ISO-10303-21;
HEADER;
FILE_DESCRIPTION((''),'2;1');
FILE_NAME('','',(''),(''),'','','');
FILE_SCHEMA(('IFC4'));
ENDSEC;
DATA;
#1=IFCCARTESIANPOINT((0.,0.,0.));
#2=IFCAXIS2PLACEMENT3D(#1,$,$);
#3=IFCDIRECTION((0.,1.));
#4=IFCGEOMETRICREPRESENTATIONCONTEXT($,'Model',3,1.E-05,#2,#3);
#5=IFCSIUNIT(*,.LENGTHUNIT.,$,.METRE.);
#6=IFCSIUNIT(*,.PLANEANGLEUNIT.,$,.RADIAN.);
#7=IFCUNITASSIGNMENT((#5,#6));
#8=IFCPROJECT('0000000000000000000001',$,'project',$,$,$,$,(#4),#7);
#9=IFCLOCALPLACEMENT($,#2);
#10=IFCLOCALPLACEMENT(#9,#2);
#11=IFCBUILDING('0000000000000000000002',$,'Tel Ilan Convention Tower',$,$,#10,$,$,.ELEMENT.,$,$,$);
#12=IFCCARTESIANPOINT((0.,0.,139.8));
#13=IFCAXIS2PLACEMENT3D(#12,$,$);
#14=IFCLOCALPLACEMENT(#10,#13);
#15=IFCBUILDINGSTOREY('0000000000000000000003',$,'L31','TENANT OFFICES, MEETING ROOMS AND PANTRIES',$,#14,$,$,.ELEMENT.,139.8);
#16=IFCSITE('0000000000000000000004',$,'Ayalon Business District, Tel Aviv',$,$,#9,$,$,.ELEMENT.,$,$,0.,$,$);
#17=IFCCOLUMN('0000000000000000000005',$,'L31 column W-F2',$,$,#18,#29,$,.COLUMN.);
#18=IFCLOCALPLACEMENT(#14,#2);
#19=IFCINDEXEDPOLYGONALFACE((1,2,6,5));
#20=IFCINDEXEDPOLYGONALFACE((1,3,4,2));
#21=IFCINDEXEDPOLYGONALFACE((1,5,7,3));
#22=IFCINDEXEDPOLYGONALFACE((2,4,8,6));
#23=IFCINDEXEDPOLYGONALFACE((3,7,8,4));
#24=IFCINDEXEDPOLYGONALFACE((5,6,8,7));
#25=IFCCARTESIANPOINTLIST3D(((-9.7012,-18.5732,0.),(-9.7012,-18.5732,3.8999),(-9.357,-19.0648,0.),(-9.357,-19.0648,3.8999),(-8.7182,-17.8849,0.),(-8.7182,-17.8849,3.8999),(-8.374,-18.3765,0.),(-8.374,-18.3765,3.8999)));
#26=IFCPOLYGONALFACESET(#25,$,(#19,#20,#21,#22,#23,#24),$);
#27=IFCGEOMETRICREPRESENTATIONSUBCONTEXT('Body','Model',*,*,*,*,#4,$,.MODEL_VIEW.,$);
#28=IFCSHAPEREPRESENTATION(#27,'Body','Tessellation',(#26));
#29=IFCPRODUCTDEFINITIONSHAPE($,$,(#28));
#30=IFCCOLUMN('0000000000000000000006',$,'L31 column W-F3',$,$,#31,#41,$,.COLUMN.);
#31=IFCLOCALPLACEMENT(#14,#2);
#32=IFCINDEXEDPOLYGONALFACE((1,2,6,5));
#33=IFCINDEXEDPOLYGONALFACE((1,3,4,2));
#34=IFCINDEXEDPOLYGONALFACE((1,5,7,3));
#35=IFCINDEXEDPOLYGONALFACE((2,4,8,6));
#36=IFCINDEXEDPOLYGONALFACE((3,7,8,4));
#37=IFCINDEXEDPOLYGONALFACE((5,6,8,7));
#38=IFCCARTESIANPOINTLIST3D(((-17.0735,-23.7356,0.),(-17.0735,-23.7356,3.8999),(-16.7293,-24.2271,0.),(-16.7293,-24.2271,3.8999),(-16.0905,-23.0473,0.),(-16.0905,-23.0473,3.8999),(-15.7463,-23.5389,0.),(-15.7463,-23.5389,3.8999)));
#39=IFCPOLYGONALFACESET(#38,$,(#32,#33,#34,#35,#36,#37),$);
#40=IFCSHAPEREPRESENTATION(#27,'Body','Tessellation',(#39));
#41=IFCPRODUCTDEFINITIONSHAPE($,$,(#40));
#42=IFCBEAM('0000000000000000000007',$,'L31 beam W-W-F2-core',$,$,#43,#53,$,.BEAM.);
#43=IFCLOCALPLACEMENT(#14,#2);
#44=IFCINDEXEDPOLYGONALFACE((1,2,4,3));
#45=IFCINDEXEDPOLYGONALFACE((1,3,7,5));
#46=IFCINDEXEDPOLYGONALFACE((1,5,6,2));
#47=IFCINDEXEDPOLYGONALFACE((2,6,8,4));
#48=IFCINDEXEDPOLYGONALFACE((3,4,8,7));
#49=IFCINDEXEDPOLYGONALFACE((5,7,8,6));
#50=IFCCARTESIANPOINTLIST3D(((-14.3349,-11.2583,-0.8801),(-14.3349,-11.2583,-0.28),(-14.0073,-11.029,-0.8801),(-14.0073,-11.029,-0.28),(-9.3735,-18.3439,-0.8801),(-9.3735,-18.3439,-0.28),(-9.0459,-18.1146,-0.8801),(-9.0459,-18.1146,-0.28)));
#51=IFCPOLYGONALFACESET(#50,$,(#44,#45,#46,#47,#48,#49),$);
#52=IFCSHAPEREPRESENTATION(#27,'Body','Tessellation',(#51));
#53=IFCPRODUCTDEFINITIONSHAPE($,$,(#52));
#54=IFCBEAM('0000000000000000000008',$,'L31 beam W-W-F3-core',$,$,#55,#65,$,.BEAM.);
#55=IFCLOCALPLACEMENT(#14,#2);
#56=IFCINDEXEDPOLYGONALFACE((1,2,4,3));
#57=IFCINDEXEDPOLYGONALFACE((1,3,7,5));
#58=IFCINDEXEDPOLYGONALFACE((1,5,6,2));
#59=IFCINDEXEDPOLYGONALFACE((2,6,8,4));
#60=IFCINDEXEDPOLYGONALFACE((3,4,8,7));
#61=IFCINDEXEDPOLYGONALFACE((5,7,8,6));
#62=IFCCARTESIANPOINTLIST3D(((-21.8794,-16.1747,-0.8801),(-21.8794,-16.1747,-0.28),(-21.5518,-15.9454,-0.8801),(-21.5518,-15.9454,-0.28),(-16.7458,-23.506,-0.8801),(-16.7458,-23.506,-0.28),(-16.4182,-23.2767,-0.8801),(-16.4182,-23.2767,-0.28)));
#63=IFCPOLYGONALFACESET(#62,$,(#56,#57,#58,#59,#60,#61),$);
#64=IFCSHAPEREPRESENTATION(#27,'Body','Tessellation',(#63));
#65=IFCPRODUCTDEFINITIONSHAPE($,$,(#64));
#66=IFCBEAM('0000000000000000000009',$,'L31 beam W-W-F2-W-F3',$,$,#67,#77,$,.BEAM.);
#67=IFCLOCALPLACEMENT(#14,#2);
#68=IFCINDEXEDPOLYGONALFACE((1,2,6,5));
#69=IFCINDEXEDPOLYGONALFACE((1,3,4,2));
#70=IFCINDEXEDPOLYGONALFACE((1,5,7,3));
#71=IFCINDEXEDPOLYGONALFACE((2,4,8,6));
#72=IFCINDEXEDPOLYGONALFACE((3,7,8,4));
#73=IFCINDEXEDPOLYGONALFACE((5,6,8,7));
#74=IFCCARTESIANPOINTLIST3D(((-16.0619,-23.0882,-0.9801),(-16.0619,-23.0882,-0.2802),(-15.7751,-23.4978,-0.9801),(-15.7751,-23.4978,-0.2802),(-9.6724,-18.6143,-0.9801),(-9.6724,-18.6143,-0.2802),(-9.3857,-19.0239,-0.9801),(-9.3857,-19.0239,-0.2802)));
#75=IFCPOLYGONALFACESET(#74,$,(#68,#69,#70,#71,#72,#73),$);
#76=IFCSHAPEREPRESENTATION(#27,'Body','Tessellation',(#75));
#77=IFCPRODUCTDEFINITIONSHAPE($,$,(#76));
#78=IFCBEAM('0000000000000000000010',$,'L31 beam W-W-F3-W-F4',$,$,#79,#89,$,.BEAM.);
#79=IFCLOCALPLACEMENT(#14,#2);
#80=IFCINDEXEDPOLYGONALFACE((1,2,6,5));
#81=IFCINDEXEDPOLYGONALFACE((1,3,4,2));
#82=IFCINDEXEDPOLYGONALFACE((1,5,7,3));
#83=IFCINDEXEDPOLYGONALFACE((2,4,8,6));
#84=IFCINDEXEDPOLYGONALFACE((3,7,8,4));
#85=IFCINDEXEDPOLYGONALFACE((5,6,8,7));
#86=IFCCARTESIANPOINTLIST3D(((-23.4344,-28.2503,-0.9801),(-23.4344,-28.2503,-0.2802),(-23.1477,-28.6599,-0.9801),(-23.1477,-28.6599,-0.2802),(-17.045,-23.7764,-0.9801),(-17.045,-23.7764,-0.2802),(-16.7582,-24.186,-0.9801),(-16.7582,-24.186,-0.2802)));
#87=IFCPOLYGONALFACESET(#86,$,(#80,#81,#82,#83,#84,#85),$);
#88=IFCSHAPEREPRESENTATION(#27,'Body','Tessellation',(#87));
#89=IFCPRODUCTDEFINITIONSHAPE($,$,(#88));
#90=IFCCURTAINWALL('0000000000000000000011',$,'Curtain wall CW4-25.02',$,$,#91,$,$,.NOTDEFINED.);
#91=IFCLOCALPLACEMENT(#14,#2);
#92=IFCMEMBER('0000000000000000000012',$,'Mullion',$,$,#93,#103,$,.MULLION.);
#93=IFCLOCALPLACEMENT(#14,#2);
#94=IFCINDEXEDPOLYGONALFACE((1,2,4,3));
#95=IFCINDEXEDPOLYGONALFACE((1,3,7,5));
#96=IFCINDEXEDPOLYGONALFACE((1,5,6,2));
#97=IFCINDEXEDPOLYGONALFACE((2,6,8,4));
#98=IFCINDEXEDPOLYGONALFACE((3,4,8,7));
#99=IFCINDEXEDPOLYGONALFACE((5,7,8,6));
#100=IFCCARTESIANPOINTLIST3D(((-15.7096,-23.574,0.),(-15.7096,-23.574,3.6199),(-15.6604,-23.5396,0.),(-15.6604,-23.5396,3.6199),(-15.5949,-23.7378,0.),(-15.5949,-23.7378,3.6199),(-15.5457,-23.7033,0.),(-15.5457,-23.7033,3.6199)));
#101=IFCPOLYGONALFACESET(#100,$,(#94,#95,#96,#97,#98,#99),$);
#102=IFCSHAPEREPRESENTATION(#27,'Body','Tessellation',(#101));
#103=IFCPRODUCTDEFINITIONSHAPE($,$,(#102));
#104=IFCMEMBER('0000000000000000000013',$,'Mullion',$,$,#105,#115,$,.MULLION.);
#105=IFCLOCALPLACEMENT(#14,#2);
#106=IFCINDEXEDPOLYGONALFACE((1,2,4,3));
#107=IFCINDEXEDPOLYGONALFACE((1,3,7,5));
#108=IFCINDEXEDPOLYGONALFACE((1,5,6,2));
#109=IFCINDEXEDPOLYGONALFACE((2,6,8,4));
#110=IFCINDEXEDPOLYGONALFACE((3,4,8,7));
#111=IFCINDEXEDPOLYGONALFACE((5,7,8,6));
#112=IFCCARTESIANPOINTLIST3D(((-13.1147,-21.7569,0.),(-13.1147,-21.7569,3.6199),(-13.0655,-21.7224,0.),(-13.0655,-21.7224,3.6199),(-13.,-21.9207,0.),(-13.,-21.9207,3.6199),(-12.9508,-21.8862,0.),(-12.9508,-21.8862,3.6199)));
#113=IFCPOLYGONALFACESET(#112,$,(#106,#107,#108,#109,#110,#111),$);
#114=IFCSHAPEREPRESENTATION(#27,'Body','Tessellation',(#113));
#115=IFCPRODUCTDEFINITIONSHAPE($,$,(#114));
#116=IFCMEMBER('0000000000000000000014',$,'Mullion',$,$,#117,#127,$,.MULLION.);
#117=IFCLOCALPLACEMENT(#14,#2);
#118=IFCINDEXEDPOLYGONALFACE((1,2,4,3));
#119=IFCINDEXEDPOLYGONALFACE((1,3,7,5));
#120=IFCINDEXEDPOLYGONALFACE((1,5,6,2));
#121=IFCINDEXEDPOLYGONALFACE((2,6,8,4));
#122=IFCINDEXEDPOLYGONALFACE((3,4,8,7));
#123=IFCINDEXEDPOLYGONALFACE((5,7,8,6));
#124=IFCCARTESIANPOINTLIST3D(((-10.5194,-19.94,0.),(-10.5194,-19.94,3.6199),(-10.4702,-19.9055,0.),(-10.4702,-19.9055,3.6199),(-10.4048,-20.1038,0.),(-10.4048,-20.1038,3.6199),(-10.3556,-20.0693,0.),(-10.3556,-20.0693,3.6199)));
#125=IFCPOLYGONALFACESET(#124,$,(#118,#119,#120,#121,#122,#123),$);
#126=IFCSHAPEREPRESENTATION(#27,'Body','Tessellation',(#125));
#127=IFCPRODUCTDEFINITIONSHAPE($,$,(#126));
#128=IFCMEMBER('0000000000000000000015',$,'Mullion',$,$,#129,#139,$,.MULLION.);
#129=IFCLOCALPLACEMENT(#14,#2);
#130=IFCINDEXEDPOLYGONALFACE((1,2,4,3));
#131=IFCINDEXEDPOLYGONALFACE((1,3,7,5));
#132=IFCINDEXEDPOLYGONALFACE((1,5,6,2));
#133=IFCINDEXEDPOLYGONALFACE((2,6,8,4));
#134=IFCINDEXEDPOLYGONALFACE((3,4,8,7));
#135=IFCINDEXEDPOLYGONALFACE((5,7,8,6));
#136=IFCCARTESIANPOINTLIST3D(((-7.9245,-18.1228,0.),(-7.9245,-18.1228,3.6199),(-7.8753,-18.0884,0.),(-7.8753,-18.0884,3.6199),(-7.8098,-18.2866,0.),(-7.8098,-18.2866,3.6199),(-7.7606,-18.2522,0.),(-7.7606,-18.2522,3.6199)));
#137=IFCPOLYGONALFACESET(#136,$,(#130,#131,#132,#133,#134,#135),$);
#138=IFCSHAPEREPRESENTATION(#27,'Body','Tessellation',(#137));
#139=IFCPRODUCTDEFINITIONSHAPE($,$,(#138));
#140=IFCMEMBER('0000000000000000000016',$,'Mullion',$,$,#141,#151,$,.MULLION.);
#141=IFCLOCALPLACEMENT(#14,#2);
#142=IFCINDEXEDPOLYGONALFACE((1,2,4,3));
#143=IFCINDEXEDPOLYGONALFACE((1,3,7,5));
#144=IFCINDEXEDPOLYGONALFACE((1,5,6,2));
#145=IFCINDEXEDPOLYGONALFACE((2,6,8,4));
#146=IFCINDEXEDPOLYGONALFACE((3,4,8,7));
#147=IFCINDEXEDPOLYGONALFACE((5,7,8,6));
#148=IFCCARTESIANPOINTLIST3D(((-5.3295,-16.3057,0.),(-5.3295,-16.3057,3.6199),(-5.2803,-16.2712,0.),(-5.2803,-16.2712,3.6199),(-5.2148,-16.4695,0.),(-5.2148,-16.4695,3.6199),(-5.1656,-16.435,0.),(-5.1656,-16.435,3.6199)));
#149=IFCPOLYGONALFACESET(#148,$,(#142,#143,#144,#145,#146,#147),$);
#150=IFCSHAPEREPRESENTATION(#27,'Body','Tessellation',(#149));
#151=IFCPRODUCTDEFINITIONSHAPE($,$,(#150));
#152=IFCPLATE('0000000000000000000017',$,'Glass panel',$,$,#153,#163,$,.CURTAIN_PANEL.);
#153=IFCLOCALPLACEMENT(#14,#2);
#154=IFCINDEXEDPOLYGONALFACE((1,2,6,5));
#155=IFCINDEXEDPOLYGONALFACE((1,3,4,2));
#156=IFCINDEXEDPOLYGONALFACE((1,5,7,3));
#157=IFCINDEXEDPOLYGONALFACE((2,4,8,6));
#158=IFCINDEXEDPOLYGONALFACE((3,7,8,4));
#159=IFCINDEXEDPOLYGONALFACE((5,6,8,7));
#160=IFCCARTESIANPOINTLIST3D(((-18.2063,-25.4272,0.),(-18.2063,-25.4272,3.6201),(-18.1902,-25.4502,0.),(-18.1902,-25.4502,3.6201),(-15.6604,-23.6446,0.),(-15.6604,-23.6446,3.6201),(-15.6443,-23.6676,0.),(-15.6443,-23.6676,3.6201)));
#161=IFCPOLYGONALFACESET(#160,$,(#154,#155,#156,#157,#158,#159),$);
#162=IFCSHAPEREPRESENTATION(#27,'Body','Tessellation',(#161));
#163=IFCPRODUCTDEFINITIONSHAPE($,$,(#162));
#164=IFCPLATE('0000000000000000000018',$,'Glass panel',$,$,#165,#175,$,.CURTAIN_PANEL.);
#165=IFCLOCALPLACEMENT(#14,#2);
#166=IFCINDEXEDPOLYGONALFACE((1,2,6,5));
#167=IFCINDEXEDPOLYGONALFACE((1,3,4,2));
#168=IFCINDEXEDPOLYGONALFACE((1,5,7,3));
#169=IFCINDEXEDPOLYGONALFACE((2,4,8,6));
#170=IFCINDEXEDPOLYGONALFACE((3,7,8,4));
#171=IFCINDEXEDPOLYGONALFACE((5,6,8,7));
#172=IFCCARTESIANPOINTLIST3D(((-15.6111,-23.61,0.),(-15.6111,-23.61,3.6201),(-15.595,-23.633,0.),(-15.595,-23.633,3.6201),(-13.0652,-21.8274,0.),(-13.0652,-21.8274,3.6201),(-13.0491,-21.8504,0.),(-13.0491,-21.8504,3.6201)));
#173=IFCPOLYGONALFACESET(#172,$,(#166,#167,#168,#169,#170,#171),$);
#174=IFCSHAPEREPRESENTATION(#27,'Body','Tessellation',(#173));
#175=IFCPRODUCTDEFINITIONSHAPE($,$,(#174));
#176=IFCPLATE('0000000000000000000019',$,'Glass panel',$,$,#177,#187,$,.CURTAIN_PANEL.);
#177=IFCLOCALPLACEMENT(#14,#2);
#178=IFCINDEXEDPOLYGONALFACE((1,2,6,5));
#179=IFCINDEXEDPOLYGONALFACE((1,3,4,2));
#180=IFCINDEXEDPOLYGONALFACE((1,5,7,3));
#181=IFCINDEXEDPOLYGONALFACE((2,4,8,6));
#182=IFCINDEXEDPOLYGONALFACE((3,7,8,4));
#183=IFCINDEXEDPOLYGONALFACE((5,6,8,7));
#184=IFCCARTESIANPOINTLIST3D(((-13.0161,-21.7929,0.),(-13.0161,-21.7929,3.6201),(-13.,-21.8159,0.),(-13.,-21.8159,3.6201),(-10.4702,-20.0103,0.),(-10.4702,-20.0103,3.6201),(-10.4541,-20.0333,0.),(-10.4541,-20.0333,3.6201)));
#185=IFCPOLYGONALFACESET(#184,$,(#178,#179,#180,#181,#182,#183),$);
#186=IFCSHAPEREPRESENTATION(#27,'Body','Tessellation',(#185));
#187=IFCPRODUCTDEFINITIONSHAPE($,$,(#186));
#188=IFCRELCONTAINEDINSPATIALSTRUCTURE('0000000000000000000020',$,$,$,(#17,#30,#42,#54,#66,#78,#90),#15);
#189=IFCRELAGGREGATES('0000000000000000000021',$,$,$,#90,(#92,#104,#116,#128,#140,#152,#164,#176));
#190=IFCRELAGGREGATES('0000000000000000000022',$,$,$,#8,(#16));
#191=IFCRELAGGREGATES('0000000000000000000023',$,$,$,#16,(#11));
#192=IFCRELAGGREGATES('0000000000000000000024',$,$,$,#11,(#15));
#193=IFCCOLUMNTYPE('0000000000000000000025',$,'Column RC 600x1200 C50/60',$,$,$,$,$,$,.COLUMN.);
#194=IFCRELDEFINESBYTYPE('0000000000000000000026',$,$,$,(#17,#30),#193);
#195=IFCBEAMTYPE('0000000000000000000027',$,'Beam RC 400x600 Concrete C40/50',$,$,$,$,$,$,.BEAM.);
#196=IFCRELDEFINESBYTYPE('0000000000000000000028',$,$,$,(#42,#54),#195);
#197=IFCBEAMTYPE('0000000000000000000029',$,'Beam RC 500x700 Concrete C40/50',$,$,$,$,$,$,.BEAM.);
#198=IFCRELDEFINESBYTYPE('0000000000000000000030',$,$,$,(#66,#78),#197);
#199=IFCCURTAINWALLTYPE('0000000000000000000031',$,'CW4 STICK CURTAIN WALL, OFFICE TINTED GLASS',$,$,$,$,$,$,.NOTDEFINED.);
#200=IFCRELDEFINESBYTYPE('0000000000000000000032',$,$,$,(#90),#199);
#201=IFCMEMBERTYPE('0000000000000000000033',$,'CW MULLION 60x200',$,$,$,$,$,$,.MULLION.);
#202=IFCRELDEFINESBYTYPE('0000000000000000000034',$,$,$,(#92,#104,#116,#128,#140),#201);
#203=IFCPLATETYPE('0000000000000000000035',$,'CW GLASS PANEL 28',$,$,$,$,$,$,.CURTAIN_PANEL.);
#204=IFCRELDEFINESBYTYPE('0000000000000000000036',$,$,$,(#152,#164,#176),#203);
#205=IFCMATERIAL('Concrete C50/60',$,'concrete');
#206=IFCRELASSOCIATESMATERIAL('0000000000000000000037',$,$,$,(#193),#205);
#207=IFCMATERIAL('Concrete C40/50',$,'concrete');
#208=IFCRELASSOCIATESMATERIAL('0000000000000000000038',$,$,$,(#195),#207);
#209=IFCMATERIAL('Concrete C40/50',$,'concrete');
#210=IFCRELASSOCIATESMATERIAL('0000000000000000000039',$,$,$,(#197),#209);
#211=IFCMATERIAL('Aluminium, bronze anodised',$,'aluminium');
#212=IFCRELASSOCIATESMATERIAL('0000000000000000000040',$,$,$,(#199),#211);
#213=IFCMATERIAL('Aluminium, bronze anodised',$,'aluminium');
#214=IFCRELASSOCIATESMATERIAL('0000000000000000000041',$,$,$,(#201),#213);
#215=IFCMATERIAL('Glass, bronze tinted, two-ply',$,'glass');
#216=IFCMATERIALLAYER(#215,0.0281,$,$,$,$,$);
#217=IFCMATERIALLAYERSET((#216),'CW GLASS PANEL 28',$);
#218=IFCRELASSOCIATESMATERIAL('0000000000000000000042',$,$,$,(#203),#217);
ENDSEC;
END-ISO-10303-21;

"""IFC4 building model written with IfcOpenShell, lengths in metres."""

from ifc_helpers import new_model, si_unit, direction, frame, origin, origin_2d, place, context, subcontext, project, spatial, rectangle, extrude, material, layer, layer_set, material_profile, profile_set, type_object, element, aggregate, save


model = new_model("IFC4")

# Units and contexts
model_context = context("Model", 3, precision=1e-05, world=origin(), true_north=direction((0.0, 1.0)))
body_context = subcontext(model_context, "Body", "Model", "MODEL_VIEW")
ifc_project = project(units=[si_unit("LENGTHUNIT", "METRE"), si_unit("PLANEANGLEUNIT", "RADIAN")], contexts=[model_context])

# Site, building, storey
site_placement = place(None, origin())
site = spatial("IfcSite", under=ifc_project, at=site_placement, Name="Ayalon Business District, Tel Aviv", CompositionType="ELEMENT", RefElevation=0.0)
building_placement = place(site_placement, origin())
building = spatial("IfcBuilding", under=site, at=building_placement, Name="Tel Ilan Convention Tower", CompositionType="ELEMENT")
storey_placement = place(building_placement, frame((0.0, 0.0, 139.8)))
storey = spatial("IfcBuildingStorey", under=building, at=storey_placement, Name="L31", Description="TENANT OFFICES, MEETING ROOMS AND PANTRIES", CompositionType="ELEMENT", Elevation=139.8)

# Columns
ifc_material_1 = material(Name="Concrete C50/60", Category="concrete")
ifc_material_profile_1 = material_profile(ifc_material_1, rectangle(XDim=1.2, YDim=0.6001, at=origin_2d()), Name="RC 600x1200")
ifc_profile_set_1 = profile_set([ifc_material_profile_1], Name="Concrete C50/60")
column_type = type_object("IfcColumnType", Name="Column RC 600x1200 C50/60", PredefinedType="COLUMN", material=ifc_profile_set_1)
for number, where, z_axis, x_axis, name in (
    (1, (-9.0376, -18.4749, 0.0), (0.0, 0.0, 1.0), (-0.819152, -0.573576, 0.0), "L31 column W-F2"),
    (2, (-16.4099, -23.6372, 0.0), (0.0, 0.0, 1.0), (-0.819152, -0.573576, 0.0), "L31 column W-F3"),
):
    element("IfcColumn", number, at=place(storey_placement, frame(where, z_axis=z_axis, x_axis=x_axis)), inside=storey, type_object=column_type, Name=name, PredefinedType="COLUMN", context=body_context, shape_type="SweptSolid", body=[
        extrude(rectangle(XDim=1.2, YDim=0.6001, at=origin_2d()), origin(), (0.0, 0.0, 1.0), 3.8999),
    ])

# Beams
ifc_material_2 = material(Name="Concrete C40/50", Category="concrete")
ifc_material_profile_2 = material_profile(ifc_material_2, rectangle(XDim=0.3999, YDim=0.6001, at=origin_2d()), Name="RC 400x600")
ifc_profile_set_2 = profile_set([ifc_material_profile_2], Name="Concrete C40/50")
beam_type_1 = type_object("IfcBeamType", Name="Beam RC 400x600 Concrete C40/50", PredefinedType="BEAM", material=ifc_profile_set_2)
beam_1_placement = place(storey_placement, frame((-9.2097, -18.2292, -0.5801), z_axis=(-0.573574, 0.819154, 0.0), x_axis=(-0.819154, -0.573574, 0.0)))
element("IfcBeam", 3, at=beam_1_placement, inside=storey, type_object=beam_type_1, Name="L31 beam W-W-F2-core", PredefinedType="BEAM", context=body_context, shape_type="SweptSolid", body=[
    extrude(rectangle(XDim=0.3999, YDim=0.6001, at=origin_2d()), origin(), (0.0, 0.0, 1.0), 8.6499),
])
beam_2_placement = place(storey_placement, frame((-16.582, -23.3914, -0.5801), z_axis=(-0.573585, 0.819146, 0.0), x_axis=(-0.819146, -0.573585, 0.0)))
element("IfcBeam", 4, at=beam_2_placement, inside=storey, type_object=beam_type_1, Name="L31 beam W-W-F3-core", PredefinedType="BEAM", context=body_context, shape_type="SweptSolid", body=[
    extrude(rectangle(XDim=0.3999, YDim=0.6001, at=origin_2d()), origin(), (0.0, 0.0, 1.0), 8.95),
])
ifc_material_3 = material(Name="Concrete C40/50", Category="concrete")
ifc_material_profile_3 = material_profile(ifc_material_3, rectangle(XDim=0.5, YDim=0.7, at=origin_2d()), Name="RC 500x700")
ifc_profile_set_3 = profile_set([ifc_material_profile_3], Name="Concrete C40/50")
beam_type_2 = type_object("IfcBeamType", Name="Beam RC 500x700 Concrete C40/50", PredefinedType="BEAM", material=ifc_profile_set_3)
for number, where, z_axis, x_axis, name in (
    (5, (-9.5291, -18.8191, -0.6301), (-0.819154, -0.573574, 0.0), (0.573574, -0.819154, 0.0), "L31 beam W-W-F2-W-F3"),
    (6, (-16.9016, -23.9812, -0.6301), (-0.819154, -0.573574, 0.0), (0.573574, -0.819154, 0.0), "L31 beam W-W-F3-W-F4"),
):
    element("IfcBeam", number, at=place(storey_placement, frame(where, z_axis=z_axis, x_axis=x_axis)), inside=storey, type_object=beam_type_2, Name=name, PredefinedType="BEAM", context=body_context, shape_type="SweptSolid", body=[
        extrude(rectangle(XDim=0.5, YDim=0.7, at=origin_2d()), origin(), (0.0, 0.0, 1.0), 7.8),
    ])

# Curtain wall, members, plates
ifc_material_4 = material(Name="Aluminium, bronze anodised", Category="aluminium")
curtain_wall_type = type_object("IfcCurtainWallType", Name="CW4 STICK CURTAIN WALL, OFFICE TINTED GLASS", PredefinedType="NOTDEFINED", material=ifc_material_4)
curtain_wall_placement = place(storey_placement, origin())
curtain_wall = element("IfcCurtainWall", 7, at=curtain_wall_placement, inside=storey, type_object=curtain_wall_type, Name="Curtain wall CW4-25.02", PredefinedType="NOTDEFINED")
ifc_material_5 = material(Name="Aluminium, bronze anodised", Category="aluminium")
ifc_material_profile_4 = material_profile(ifc_material_5, rectangle(XDim=0.0601, YDim=0.2, at=origin_2d()), Name="CW MULLION 60x200")
ifc_profile_set_4 = profile_set([ifc_material_profile_4], Name="Aluminium, bronze anodised")
member_type = type_object("IfcMemberType", Name="CW MULLION 60x200", PredefinedType="MULLION", material=ifc_profile_set_4)
member_1_placement = place(storey_placement, frame((-15.6277, -23.6387, 0.0), z_axis=(0.0, 0.0, 1.0), x_axis=(0.819152, 0.573576, 0.0)))
member_1 = element("IfcMember", 8, at=member_1_placement, type_object=member_type, Name="Mullion", PredefinedType="MULLION", context=body_context, shape_type="SweptSolid", body=[
    extrude(rectangle(XDim=0.0601, YDim=0.2, at=origin_2d()), origin(), (0.0, 0.0, 1.0), 3.6199),
])
member_2_placement = place(storey_placement, frame((-13.0327, -21.8215, 0.0), z_axis=(0.0, 0.0, 1.0), x_axis=(0.819152, 0.573576, 0.0)))
member_2 = element("IfcMember", 9, at=member_2_placement, type_object=member_type, Name="Mullion", PredefinedType="MULLION", context=body_context, shape_type="SweptSolid", body=[
    extrude(rectangle(XDim=0.0601, YDim=0.2, at=origin_2d()), origin(), (0.0, 0.0, 1.0), 3.6199),
])
member_3_placement = place(storey_placement, frame((-10.4375, -20.0046, 0.0), z_axis=(0.0, 0.0, 1.0), x_axis=(0.819152, 0.573576, 0.0)))
member_3 = element("IfcMember", 10, at=member_3_placement, type_object=member_type, Name="Mullion", PredefinedType="MULLION", context=body_context, shape_type="SweptSolid", body=[
    extrude(rectangle(XDim=0.0601, YDim=0.2, at=origin_2d()), origin(), (0.0, 0.0, 1.0), 3.6199),
])
member_4_placement = place(storey_placement, frame((-7.8425, -18.1875, 0.0), z_axis=(0.0, 0.0, 1.0), x_axis=(0.819152, 0.573576, 0.0)))
member_4 = element("IfcMember", 11, at=member_4_placement, type_object=member_type, Name="Mullion", PredefinedType="MULLION", context=body_context, shape_type="SweptSolid", body=[
    extrude(rectangle(XDim=0.0601, YDim=0.2, at=origin_2d()), origin(), (0.0, 0.0, 1.0), 3.6199),
])
member_5_placement = place(storey_placement, frame((-5.2476, -16.3704, 0.0), z_axis=(0.0, 0.0, 1.0), x_axis=(0.819152, 0.573576, 0.0)))
member_5 = element("IfcMember", 12, at=member_5_placement, type_object=member_type, Name="Mullion", PredefinedType="MULLION", context=body_context, shape_type="SweptSolid", body=[
    extrude(rectangle(XDim=0.0601, YDim=0.2, at=origin_2d()), origin(), (0.0, 0.0, 1.0), 3.6199),
])
ifc_material_6 = material(Name="Glass, bronze tinted, two-ply", Category="glass")
ifc_layer_1 = layer(ifc_material_6, 0.0281)
ifc_layer_set_1 = layer_set([ifc_layer_1], Name="CW GLASS PANEL 28")
plate_type = type_object("IfcPlateType", Name="CW GLASS PANEL 28", PredefinedType="CURTAIN_PANEL", material=ifc_layer_set_1)
plate_1_placement = place(storey_placement, frame((-16.9253, -24.5474, 0.0), z_axis=(0.0, 0.0, 1.0), x_axis=(0.819152, 0.573576, 0.0)))
plate_1 = element("IfcPlate", 13, at=plate_1_placement, type_object=plate_type, Name="Glass panel", PredefinedType="CURTAIN_PANEL", context=body_context, shape_type="SweptSolid", body=[
    extrude(rectangle(XDim=3.1079, YDim=0.0281, at=origin_2d()), origin(), (0.0, 0.0, 1.0), 3.6201),
])
plate_2_placement = place(storey_placement, frame((-14.3301, -22.7302, 0.0), z_axis=(0.0, 0.0, 1.0), x_axis=(0.819152, 0.573576, 0.0)))
plate_2 = element("IfcPlate", 14, at=plate_2_placement, type_object=plate_type, Name="Glass panel", PredefinedType="CURTAIN_PANEL", context=body_context, shape_type="SweptSolid", body=[
    extrude(rectangle(XDim=3.1079, YDim=0.0281, at=origin_2d()), origin(), (0.0, 0.0, 1.0), 3.6201),
])
plate_3_placement = place(storey_placement, frame((-11.7351, -20.9131, 0.0), z_axis=(0.0, 0.0, 1.0), x_axis=(0.819152, 0.573576, 0.0)))
plate_3 = element("IfcPlate", 15, at=plate_3_placement, type_object=plate_type, Name="Glass panel", PredefinedType="CURTAIN_PANEL", context=body_context, shape_type="SweptSolid", body=[
    extrude(rectangle(XDim=3.1079, YDim=0.0281, at=origin_2d()), origin(), (0.0, 0.0, 1.0), 3.6201),
])
aggregate(curtain_wall, [member_1, member_2, member_3, member_4, member_5, plate_1, plate_2, plate_3])

save(model, "model.ifc")
